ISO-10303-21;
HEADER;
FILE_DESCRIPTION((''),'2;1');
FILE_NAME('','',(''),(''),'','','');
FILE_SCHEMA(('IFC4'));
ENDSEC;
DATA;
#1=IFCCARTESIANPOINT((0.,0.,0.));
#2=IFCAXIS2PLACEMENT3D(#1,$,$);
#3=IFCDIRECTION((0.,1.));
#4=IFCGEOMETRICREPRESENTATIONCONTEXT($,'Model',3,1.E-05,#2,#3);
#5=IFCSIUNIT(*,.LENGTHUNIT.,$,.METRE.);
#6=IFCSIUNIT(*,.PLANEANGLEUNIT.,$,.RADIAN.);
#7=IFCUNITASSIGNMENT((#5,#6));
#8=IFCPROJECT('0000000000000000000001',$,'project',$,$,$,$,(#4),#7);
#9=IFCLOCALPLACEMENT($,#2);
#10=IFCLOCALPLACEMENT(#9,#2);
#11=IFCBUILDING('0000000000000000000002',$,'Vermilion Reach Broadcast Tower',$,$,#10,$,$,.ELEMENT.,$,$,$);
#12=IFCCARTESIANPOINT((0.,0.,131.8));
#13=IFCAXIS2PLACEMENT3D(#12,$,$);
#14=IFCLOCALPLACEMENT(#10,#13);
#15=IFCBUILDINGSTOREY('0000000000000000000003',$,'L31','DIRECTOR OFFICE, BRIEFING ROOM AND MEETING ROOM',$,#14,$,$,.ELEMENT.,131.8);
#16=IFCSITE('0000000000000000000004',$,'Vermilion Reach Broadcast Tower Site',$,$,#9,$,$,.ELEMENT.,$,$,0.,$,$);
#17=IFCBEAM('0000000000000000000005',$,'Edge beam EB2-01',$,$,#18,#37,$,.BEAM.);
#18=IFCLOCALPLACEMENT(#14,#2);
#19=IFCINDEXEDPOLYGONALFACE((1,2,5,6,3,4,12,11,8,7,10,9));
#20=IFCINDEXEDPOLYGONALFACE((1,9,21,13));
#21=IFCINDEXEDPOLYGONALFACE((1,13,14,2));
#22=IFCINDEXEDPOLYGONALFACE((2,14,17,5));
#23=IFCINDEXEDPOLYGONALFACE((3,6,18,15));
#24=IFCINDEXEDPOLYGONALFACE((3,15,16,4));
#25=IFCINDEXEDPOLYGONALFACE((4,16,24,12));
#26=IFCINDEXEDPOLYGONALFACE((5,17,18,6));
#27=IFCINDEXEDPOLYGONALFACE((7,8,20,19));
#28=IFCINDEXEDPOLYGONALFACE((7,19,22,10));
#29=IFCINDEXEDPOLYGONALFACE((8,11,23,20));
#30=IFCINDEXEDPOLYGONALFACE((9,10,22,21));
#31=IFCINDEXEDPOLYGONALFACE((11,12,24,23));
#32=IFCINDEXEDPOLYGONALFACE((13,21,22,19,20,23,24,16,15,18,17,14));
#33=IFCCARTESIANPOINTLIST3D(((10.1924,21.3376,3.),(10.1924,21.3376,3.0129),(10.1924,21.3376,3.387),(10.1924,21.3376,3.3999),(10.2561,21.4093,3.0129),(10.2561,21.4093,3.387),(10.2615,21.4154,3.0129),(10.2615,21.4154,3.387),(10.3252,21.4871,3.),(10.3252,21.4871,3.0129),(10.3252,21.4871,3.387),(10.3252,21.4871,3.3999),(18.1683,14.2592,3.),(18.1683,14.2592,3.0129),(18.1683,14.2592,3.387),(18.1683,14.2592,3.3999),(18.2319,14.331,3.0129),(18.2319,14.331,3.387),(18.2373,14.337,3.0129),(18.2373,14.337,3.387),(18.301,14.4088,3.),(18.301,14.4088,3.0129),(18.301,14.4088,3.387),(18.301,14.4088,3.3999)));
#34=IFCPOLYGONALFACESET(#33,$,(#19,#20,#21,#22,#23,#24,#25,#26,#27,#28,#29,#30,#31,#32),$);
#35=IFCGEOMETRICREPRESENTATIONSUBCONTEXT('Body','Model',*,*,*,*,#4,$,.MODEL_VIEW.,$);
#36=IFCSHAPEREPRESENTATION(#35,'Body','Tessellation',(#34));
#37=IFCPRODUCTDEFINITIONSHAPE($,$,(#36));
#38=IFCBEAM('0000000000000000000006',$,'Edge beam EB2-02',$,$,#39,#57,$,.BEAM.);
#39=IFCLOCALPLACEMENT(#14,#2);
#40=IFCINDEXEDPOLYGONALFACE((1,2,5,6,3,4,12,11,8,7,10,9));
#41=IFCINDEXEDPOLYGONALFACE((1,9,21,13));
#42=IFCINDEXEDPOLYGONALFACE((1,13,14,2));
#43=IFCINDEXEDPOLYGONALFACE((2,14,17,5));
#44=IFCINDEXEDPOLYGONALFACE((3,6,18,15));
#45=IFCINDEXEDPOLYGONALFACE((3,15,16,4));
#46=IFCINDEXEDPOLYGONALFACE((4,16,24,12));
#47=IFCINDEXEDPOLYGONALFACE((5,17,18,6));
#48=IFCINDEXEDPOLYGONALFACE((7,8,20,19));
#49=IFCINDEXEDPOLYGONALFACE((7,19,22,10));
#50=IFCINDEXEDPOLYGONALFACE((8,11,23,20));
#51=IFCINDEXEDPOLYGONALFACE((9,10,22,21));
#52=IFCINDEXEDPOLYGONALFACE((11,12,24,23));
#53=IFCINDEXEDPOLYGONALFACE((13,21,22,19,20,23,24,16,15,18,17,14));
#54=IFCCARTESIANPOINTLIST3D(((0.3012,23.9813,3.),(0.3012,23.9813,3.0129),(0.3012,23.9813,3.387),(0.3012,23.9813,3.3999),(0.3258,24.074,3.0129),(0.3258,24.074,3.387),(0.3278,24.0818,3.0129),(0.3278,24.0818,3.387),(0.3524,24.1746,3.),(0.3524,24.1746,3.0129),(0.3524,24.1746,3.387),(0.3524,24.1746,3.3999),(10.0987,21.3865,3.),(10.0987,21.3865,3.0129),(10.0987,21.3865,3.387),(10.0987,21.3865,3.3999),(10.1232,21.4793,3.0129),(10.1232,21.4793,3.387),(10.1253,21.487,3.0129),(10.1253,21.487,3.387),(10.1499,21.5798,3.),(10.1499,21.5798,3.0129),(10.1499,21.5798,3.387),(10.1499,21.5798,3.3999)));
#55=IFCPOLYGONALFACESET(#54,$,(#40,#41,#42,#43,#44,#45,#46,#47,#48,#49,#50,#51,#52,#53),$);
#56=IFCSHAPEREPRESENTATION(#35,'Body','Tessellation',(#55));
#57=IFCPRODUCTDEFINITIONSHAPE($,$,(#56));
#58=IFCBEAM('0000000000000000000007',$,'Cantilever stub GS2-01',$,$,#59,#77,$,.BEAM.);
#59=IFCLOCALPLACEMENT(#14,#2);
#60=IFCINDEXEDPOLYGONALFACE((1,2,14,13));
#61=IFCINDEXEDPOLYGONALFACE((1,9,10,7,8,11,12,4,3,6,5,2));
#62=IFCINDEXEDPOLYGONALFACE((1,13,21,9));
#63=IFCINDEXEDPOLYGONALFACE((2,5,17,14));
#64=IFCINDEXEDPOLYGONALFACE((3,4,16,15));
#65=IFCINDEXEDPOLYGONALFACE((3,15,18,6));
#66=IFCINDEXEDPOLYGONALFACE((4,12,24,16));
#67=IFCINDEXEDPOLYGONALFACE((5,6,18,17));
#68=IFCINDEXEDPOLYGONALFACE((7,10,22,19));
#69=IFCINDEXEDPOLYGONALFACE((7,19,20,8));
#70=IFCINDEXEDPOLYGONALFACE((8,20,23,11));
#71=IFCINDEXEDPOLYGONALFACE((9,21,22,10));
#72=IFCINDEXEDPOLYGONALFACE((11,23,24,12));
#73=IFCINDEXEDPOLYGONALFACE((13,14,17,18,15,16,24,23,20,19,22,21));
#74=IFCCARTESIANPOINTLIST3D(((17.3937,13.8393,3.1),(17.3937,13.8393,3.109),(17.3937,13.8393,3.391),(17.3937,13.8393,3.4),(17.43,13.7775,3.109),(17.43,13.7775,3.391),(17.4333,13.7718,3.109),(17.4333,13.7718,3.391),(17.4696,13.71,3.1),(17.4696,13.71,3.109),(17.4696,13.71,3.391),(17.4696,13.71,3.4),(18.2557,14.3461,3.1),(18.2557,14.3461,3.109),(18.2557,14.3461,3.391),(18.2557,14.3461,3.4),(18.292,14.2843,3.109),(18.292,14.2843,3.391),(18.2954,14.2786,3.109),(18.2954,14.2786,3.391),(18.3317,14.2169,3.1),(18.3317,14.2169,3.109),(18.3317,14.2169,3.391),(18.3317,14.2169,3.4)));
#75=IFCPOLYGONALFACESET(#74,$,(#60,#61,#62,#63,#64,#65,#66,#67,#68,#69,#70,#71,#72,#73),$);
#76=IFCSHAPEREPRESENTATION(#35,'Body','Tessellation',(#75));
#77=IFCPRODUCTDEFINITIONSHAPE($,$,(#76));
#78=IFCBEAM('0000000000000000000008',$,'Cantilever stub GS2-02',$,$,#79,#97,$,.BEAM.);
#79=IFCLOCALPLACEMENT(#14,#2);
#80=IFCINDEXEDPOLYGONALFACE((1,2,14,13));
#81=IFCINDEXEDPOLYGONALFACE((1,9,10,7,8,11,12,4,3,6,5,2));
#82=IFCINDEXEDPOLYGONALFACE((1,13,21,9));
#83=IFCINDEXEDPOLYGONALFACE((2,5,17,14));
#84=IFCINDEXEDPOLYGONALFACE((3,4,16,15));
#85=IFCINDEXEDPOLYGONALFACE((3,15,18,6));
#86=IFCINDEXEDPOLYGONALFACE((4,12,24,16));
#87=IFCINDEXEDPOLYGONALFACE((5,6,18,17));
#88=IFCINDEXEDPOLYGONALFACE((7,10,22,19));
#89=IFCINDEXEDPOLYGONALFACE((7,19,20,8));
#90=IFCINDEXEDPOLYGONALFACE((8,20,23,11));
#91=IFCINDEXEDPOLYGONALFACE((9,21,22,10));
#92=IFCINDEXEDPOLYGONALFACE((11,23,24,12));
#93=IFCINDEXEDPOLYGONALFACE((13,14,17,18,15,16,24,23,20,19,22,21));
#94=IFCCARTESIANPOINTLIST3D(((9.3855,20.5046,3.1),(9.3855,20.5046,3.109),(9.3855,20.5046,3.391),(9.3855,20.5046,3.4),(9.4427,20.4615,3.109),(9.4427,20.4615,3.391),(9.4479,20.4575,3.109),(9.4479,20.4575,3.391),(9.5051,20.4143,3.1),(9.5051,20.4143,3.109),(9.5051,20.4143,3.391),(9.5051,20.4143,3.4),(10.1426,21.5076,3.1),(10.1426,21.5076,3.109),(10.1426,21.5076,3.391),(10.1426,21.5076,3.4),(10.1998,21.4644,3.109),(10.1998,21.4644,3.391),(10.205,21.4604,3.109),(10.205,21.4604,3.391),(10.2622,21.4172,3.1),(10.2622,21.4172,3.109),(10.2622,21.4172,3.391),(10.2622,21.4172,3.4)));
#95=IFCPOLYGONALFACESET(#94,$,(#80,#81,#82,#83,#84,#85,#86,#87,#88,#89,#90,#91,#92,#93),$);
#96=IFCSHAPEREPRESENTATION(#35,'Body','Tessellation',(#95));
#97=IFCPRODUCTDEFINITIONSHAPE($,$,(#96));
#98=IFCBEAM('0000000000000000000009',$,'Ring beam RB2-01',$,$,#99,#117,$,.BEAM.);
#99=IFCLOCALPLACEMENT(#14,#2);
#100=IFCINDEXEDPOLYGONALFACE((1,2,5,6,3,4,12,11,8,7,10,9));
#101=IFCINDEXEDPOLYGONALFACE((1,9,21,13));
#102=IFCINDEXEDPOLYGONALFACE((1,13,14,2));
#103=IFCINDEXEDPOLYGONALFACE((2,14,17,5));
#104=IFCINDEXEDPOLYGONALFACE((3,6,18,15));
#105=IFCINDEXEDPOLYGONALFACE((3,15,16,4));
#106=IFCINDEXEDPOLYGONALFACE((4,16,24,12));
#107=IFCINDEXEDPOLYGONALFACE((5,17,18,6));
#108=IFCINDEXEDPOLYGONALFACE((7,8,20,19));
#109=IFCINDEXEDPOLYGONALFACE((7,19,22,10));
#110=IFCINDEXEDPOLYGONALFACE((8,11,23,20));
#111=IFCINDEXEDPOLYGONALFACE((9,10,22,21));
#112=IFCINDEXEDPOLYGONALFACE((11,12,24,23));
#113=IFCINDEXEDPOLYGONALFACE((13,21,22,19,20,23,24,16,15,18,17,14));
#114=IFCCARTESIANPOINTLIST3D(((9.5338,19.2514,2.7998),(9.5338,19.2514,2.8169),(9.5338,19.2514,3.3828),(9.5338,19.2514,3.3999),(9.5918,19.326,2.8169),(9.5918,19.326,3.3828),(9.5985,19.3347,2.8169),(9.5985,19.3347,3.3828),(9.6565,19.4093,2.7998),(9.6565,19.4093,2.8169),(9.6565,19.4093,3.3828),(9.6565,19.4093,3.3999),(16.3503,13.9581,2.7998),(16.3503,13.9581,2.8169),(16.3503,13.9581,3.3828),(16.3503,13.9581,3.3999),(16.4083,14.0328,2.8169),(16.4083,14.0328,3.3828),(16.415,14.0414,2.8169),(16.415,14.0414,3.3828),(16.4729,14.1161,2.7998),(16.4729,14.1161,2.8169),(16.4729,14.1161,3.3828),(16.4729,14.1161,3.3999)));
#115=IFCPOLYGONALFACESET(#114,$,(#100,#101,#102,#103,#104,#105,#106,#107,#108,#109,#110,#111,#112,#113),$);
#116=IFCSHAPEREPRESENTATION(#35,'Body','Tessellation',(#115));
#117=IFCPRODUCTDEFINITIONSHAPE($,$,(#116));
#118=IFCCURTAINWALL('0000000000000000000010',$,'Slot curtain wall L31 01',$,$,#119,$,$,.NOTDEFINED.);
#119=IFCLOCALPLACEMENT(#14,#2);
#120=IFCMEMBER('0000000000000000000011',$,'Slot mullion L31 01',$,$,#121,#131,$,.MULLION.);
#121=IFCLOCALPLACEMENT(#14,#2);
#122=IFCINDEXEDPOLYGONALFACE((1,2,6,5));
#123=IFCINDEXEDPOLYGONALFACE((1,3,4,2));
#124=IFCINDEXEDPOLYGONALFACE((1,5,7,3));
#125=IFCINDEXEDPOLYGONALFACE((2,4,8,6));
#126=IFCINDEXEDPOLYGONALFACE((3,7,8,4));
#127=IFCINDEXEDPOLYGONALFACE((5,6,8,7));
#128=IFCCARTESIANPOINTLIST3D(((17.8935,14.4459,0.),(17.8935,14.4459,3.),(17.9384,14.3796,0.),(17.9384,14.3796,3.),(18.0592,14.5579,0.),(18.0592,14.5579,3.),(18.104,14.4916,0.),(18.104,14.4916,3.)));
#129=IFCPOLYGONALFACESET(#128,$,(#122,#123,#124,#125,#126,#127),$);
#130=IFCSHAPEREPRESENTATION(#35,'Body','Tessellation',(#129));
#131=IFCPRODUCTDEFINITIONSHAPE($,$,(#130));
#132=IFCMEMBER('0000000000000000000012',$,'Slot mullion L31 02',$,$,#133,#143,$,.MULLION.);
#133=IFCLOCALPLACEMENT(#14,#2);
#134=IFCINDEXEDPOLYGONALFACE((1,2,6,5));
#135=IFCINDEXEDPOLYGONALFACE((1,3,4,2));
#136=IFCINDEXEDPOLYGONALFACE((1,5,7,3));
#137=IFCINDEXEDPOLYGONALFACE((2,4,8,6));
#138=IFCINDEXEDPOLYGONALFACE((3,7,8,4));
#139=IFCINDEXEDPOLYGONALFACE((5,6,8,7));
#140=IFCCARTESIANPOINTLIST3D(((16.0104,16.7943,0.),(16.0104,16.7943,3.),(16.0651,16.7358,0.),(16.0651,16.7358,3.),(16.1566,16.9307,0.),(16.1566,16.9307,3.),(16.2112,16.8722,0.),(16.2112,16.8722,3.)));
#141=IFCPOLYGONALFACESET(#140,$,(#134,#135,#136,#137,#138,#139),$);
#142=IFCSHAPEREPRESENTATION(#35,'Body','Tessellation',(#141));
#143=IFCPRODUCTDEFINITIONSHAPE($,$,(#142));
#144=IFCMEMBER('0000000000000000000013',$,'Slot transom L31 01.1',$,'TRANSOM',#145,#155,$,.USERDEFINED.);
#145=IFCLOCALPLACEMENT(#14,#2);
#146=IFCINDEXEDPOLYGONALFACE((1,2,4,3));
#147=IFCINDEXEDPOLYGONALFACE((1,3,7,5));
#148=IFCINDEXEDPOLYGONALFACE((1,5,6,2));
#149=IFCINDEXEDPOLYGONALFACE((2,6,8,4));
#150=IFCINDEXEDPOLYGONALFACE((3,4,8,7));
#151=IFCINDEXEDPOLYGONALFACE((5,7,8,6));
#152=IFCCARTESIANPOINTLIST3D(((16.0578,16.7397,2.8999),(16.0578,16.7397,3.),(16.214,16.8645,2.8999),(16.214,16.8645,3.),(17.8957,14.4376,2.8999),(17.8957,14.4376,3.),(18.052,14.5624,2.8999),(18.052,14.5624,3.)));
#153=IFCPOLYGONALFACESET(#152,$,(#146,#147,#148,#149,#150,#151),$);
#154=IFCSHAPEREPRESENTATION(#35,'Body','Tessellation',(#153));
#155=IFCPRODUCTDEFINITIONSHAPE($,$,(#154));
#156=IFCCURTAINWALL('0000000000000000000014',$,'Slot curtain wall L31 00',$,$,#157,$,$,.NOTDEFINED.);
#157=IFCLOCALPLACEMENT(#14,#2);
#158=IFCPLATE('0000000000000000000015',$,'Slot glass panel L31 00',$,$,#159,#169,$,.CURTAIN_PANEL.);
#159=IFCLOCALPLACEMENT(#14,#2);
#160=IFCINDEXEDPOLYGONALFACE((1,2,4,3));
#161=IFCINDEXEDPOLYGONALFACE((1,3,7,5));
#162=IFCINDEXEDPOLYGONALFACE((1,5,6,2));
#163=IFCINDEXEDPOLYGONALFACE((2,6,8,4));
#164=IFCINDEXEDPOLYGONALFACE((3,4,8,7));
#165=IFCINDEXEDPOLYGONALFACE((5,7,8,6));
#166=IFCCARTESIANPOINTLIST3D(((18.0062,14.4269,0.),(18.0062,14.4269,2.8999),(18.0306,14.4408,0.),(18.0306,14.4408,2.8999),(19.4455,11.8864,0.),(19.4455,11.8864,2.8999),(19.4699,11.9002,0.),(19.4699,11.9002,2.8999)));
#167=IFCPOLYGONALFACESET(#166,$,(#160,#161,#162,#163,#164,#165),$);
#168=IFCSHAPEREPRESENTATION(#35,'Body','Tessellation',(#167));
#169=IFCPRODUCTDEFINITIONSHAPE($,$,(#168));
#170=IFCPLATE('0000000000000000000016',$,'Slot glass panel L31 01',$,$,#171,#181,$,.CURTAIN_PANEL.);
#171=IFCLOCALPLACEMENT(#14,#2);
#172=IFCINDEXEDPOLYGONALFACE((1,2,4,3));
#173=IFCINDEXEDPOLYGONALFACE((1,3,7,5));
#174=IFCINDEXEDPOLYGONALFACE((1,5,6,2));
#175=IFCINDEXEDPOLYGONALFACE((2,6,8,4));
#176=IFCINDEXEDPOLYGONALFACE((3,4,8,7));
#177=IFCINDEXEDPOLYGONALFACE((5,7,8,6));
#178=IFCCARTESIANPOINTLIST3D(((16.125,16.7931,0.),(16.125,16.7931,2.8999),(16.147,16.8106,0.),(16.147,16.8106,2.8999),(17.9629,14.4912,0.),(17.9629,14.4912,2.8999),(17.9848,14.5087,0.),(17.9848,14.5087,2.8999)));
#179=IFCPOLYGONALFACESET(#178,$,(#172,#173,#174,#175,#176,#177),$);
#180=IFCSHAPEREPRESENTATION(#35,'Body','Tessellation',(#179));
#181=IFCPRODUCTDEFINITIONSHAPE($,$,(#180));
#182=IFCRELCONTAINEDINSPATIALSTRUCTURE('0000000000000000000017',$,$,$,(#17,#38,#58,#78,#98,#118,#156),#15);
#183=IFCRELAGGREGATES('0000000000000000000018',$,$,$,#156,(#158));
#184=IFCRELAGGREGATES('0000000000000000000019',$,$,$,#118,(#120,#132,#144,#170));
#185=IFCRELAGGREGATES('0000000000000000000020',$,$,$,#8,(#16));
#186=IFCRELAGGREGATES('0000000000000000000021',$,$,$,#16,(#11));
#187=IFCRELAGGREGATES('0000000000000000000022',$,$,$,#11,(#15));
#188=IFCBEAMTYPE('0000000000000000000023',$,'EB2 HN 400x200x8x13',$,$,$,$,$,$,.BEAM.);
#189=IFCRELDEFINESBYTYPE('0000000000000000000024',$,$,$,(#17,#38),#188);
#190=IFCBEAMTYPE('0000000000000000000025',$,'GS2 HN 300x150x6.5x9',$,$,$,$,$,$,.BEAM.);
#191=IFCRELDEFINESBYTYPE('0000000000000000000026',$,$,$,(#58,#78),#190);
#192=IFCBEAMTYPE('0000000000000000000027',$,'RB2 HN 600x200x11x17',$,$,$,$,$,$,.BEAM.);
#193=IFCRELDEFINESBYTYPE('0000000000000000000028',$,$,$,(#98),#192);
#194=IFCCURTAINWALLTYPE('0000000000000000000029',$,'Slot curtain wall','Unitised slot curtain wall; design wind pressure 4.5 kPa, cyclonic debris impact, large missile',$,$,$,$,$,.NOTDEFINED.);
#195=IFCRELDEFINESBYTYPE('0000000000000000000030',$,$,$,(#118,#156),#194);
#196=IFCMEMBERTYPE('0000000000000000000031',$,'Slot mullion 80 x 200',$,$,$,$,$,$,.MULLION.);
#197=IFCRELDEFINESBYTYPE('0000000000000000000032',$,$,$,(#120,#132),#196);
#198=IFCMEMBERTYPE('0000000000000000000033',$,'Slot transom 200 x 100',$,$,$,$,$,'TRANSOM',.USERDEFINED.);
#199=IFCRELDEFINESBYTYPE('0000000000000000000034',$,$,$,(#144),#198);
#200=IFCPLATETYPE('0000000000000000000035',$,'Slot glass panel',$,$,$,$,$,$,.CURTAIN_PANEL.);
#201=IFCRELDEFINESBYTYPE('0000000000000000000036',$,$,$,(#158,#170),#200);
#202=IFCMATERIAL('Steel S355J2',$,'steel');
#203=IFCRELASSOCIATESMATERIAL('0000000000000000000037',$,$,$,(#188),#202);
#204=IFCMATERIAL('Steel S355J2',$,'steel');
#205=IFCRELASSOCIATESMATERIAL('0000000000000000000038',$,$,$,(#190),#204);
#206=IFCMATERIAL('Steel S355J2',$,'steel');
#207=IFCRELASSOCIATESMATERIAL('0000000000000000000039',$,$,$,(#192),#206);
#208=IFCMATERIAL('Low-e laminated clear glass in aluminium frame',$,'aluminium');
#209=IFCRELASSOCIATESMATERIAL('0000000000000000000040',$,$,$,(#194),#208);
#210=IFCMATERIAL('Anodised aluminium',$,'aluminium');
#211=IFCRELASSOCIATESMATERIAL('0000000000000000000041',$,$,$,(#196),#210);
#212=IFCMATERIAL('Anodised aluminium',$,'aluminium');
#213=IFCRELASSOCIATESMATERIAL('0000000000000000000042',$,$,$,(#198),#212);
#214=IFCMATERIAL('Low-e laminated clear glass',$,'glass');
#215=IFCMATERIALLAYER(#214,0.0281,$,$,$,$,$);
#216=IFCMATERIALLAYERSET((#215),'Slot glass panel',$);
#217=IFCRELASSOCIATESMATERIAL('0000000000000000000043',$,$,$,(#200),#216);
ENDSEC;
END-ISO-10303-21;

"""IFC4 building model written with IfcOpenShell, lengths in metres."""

from ifc_helpers import new_model, si_unit, direction, frame, origin, origin_2d, place, context, subcontext, project, spatial, rectangle, i_section, extrude, material, layer, layer_set, material_profile, profile_set, type_object, element, aggregate, save


model = new_model("IFC4")

# Units and contexts
model_context = context("Model", 3, precision=1e-05, world=origin(), true_north=direction((0.0, 1.0)))
body_context = subcontext(model_context, "Body", "Model", "MODEL_VIEW")
ifc_project = project(units=[si_unit("LENGTHUNIT", "METRE"), si_unit("PLANEANGLEUNIT", "RADIAN")], contexts=[model_context])

# Site, building, storey
site_placement = place(None, origin())
site = spatial("IfcSite", under=ifc_project, at=site_placement, Name="Vermilion Reach Broadcast Tower Site", CompositionType="ELEMENT", RefElevation=0.0)
building_placement = place(site_placement, origin())
building = spatial("IfcBuilding", under=site, at=building_placement, Name="Vermilion Reach Broadcast Tower", CompositionType="ELEMENT")
storey_placement = place(building_placement, frame((0.0, 0.0, 131.8)))
storey = spatial("IfcBuildingStorey", under=building, at=storey_placement, Name="L31", Description="DIRECTOR OFFICE, BRIEFING ROOM AND MEETING ROOM", CompositionType="ELEMENT", Elevation=131.8)

# Beams
ifc_material_1 = material(Name="Steel S355J2", Category="steel")
ifc_material_profile_1 = material_profile(ifc_material_1, i_section(OverallWidth=0.2, OverallDepth=0.3999, WebThickness=0.0081, FlangeThickness=0.0129, at=origin_2d()), Name="S355J2 HN 400x200x8x13")
ifc_profile_set_1 = profile_set([ifc_material_profile_1], Name="Steel S355J2")
beam_type_1 = type_object("IfcBeamType", Name="EB2 HN 400x200x8x13", PredefinedType="BEAM", material=ifc_profile_set_1)
beam_1_placement = place(storey_placement, frame((18.2346, 14.334, 3.2), z_axis=(-0.747933, 0.663774, 0.0), x_axis=(-0.663774, -0.747933, 0.0)))
element("IfcBeam", 1, at=beam_1_placement, inside=storey, type_object=beam_type_1, Name="Edge beam EB2-01", PredefinedType="BEAM", context=body_context, shape_type="SweptSolid", body=[
    extrude(i_section(OverallWidth=0.2, OverallDepth=0.3999, WebThickness=0.0081, FlangeThickness=0.0129, at=origin_2d()), origin(), (0.0, 0.0, 1.0), 10.6638),
])
beam_2_placement = place(storey_placement, frame((10.1243, 21.4832, 3.2), z_axis=(-0.966673, 0.256013, 0.0), x_axis=(-0.256013, -0.966673, 0.0)))
element("IfcBeam", 2, at=beam_2_placement, inside=storey, type_object=beam_type_1, Name="Edge beam EB2-02", PredefinedType="BEAM", context=body_context, shape_type="SweptSolid", body=[
    extrude(i_section(OverallWidth=0.2, OverallDepth=0.3999, WebThickness=0.0081, FlangeThickness=0.0129, at=origin_2d()), origin(), (0.0, 0.0, 1.0), 10.1353),
])
ifc_material_2 = material(Name="Steel S355J2", Category="steel")
ifc_material_profile_2 = material_profile(ifc_material_2, i_section(OverallWidth=0.1499, OverallDepth=0.3, WebThickness=0.0066, FlangeThickness=0.009, at=origin_2d()), Name="S355J2 HN 300x150x6.5x9")
ifc_profile_set_2 = profile_set([ifc_material_profile_2], Name="Steel S355J2")
beam_type_2 = type_object("IfcBeamType", Name="GS2 HN 300x150x6.5x9", PredefinedType="BEAM", material=ifc_profile_set_2)
beam_3_placement = place(storey_placement, frame((17.4316, 13.7747, 3.25), z_axis=(0.862047, 0.506828, 0.0), x_axis=(-0.506828, 0.862047, 0.0)))
element("IfcBeam", 3, at=beam_3_placement, inside=storey, type_object=beam_type_2, Name="Cantilever stub GS2-01", PredefinedType="BEAM", context=body_context, shape_type="SweptSolid", body=[
    extrude(i_section(OverallWidth=0.1499, OverallDepth=0.3, WebThickness=0.0066, FlangeThickness=0.009, at=origin_2d()), origin(), (0.0, 0.0, 1.0), 1.0),
])
beam_4_placement = place(storey_placement, frame((9.4453, 20.4595, 3.25), z_axis=(0.602484, 0.798131, 0.0), x_axis=(-0.798131, 0.602484, 0.0)))
element("IfcBeam", 4, at=beam_4_placement, inside=storey, type_object=beam_type_2, Name="Cantilever stub GS2-02", PredefinedType="BEAM", context=body_context, shape_type="SweptSolid", body=[
    extrude(i_section(OverallWidth=0.1499, OverallDepth=0.3, WebThickness=0.0066, FlangeThickness=0.009, at=origin_2d()), origin(), (0.0, 0.0, 1.0), 1.2566),
])
ifc_material_3 = material(Name="Steel S355J2", Category="steel")
ifc_material_profile_3 = material_profile(ifc_material_3, i_section(OverallWidth=0.2, OverallDepth=0.6001, WebThickness=0.011, FlangeThickness=0.0171, at=origin_2d()), Name="S355J2 HN 600x200x11x17")
ifc_profile_set_3 = profile_set([ifc_material_profile_3], Name="Steel S355J2")
beam_type_3 = type_object("IfcBeamType", Name="RB2 HN 600x200x11x17", PredefinedType="BEAM", material=ifc_profile_set_3)
beam_5_placement = place(storey_placement, frame((16.4116, 14.0371, 3.0999), z_axis=(-0.789826, 0.613331, 0.0), x_axis=(-0.613331, -0.789826, 0.0)))
element("IfcBeam", 5, at=beam_5_placement, inside=storey, type_object=beam_type_3, Name="Ring beam RB2-01", PredefinedType="BEAM", context=body_context, shape_type="SweptSolid", body=[
    extrude(i_section(OverallWidth=0.2, OverallDepth=0.6001, WebThickness=0.011, FlangeThickness=0.0171, at=origin_2d()), origin(), (0.0, 0.0, 1.0), 8.6304),
])

# Curtain wall, members
ifc_material_4 = material(Name="Low-e laminated clear glass in aluminium frame", Category="aluminium")
curtain_wall_type = type_object("IfcCurtainWallType", Name="Slot curtain wall", Description="Unitised slot curtain wall; design wind pressure 4.5 kPa, cyclonic debris impact, large missile", PredefinedType="NOTDEFINED", material=ifc_material_4)
placement = place(storey_placement, origin())
curtain_wall_1 = element("IfcCurtainWall", 6, at=placement, inside=storey, type_object=curtain_wall_type, Name="Slot curtain wall L31 01", PredefinedType="NOTDEFINED")
ifc_material_5 = material(Name="Anodised aluminium", Category="aluminium")
ifc_material_profile_4 = material_profile(ifc_material_5, rectangle(XDim=0.2, YDim=0.0801, at=origin_2d()), Name="Slot mullion 80 x 200")
ifc_profile_set_4 = profile_set([ifc_material_profile_4], Name="Anodised aluminium")
member_type_1 = type_object("IfcMemberType", Name="Slot mullion 80 x 200", PredefinedType="MULLION", material=ifc_profile_set_4)
member_1_placement = place(storey_placement, frame((17.9988, 14.4688, 0.0), z_axis=(0.0, 0.0, 1.0), x_axis=(-0.828365, -0.560189, 0.0)))
member_1 = element("IfcMember", 7, at=member_1_placement, type_object=member_type_1, Name="Slot mullion L31 01", PredefinedType="MULLION", context=body_context, shape_type="SweptSolid", body=[
    extrude(rectangle(XDim=0.2, YDim=0.0801, at=origin_2d()), origin(), (0.0, 0.0, 1.0), 3.0),
])
member_2_placement = place(storey_placement, frame((16.1108, 16.8333, 0.0), z_axis=(0.0, 0.0, 1.0), x_axis=(-0.730956, -0.682425, 0.0)))
member_2 = element("IfcMember", 8, at=member_2_placement, type_object=member_type_1, Name="Slot mullion L31 02", PredefinedType="MULLION", context=body_context, shape_type="SweptSolid", body=[
    extrude(rectangle(XDim=0.2, YDim=0.0801, at=origin_2d()), origin(), (0.0, 0.0, 1.0), 3.0),
])
ifc_material_6 = material(Name="Anodised aluminium", Category="aluminium")
ifc_material_profile_5 = material_profile(ifc_material_6, rectangle(XDim=0.2, YDim=0.1001, at=origin_2d()), Name="Slot transom 200 x 100")
ifc_profile_set_5 = profile_set([ifc_material_profile_5], Name="Anodised aluminium")
member_type_2 = type_object("IfcMemberType", Name="Slot transom 200 x 100", ElementType="TRANSOM", PredefinedType="USERDEFINED", material=ifc_profile_set_5)
member_3_placement = place(storey_placement, frame((17.9739, 14.5, 2.95), z_axis=(-0.623927, 0.781483, 0.0), x_axis=(-0.781483, -0.623927, 0.0)))
member_3 = element("IfcMember", 9, at=member_3_placement, type_object=member_type_2, Name="Slot transom L31 01.1", ObjectType="TRANSOM", PredefinedType="USERDEFINED", context=body_context, shape_type="SweptSolid", body=[
    extrude(rectangle(XDim=0.2, YDim=0.1001, at=origin_2d()), origin(), (0.0, 0.0, 1.0), 2.9458),
])

# Curtain wall, plate
curtain_wall_2 = element("IfcCurtainWall", 10, at=placement, inside=storey, type_object=curtain_wall_type, Name="Slot curtain wall L31 00", PredefinedType="NOTDEFINED")
ifc_material_7 = material(Name="Low-e laminated clear glass", Category="glass")
ifc_layer_1 = layer(ifc_material_7, 0.0281)
ifc_layer_set_1 = layer_set([ifc_layer_1], Name="Slot glass panel")
plate_type = type_object("IfcPlateType", Name="Slot glass panel", PredefinedType="CURTAIN_PANEL", material=ifc_layer_set_1)
plate_1_placement = place(storey_placement, frame((18.738, 13.1636, 0.0), z_axis=(0.0, 0.0, 1.0), x_axis=(-0.492928, 0.87007, 0.0)))
plate_1 = element("IfcPlate", 11, at=plate_1_placement, type_object=plate_type, Name="Slot glass panel L31 00", PredefinedType="CURTAIN_PANEL", context=body_context, shape_type="SweptSolid", body=[
    extrude(rectangle(XDim=2.9199, YDim=0.0281, at=origin_2d()), origin(), (0.0, 0.0, 1.0), 2.8999),
])
aggregate(curtain_wall_2, [plate_1])

# Plate
plate_2_placement = place(storey_placement, frame((17.0549, 15.6509, 0.0), z_axis=(0.0, 0.0, 1.0), x_axis=(-0.623941, 0.781471, 0.0)))
plate_2 = element("IfcPlate", 12, at=plate_2_placement, type_object=plate_type, Name="Slot glass panel L31 01", PredefinedType="CURTAIN_PANEL", context=body_context, shape_type="SweptSolid", body=[
    extrude(rectangle(XDim=2.9456, YDim=0.0281, at=origin_2d()), origin(), (0.0, 0.0, 1.0), 2.8999),
])
aggregate(curtain_wall_1, [member_1, member_2, member_3, plate_2])

save(model, "model.ifc")
